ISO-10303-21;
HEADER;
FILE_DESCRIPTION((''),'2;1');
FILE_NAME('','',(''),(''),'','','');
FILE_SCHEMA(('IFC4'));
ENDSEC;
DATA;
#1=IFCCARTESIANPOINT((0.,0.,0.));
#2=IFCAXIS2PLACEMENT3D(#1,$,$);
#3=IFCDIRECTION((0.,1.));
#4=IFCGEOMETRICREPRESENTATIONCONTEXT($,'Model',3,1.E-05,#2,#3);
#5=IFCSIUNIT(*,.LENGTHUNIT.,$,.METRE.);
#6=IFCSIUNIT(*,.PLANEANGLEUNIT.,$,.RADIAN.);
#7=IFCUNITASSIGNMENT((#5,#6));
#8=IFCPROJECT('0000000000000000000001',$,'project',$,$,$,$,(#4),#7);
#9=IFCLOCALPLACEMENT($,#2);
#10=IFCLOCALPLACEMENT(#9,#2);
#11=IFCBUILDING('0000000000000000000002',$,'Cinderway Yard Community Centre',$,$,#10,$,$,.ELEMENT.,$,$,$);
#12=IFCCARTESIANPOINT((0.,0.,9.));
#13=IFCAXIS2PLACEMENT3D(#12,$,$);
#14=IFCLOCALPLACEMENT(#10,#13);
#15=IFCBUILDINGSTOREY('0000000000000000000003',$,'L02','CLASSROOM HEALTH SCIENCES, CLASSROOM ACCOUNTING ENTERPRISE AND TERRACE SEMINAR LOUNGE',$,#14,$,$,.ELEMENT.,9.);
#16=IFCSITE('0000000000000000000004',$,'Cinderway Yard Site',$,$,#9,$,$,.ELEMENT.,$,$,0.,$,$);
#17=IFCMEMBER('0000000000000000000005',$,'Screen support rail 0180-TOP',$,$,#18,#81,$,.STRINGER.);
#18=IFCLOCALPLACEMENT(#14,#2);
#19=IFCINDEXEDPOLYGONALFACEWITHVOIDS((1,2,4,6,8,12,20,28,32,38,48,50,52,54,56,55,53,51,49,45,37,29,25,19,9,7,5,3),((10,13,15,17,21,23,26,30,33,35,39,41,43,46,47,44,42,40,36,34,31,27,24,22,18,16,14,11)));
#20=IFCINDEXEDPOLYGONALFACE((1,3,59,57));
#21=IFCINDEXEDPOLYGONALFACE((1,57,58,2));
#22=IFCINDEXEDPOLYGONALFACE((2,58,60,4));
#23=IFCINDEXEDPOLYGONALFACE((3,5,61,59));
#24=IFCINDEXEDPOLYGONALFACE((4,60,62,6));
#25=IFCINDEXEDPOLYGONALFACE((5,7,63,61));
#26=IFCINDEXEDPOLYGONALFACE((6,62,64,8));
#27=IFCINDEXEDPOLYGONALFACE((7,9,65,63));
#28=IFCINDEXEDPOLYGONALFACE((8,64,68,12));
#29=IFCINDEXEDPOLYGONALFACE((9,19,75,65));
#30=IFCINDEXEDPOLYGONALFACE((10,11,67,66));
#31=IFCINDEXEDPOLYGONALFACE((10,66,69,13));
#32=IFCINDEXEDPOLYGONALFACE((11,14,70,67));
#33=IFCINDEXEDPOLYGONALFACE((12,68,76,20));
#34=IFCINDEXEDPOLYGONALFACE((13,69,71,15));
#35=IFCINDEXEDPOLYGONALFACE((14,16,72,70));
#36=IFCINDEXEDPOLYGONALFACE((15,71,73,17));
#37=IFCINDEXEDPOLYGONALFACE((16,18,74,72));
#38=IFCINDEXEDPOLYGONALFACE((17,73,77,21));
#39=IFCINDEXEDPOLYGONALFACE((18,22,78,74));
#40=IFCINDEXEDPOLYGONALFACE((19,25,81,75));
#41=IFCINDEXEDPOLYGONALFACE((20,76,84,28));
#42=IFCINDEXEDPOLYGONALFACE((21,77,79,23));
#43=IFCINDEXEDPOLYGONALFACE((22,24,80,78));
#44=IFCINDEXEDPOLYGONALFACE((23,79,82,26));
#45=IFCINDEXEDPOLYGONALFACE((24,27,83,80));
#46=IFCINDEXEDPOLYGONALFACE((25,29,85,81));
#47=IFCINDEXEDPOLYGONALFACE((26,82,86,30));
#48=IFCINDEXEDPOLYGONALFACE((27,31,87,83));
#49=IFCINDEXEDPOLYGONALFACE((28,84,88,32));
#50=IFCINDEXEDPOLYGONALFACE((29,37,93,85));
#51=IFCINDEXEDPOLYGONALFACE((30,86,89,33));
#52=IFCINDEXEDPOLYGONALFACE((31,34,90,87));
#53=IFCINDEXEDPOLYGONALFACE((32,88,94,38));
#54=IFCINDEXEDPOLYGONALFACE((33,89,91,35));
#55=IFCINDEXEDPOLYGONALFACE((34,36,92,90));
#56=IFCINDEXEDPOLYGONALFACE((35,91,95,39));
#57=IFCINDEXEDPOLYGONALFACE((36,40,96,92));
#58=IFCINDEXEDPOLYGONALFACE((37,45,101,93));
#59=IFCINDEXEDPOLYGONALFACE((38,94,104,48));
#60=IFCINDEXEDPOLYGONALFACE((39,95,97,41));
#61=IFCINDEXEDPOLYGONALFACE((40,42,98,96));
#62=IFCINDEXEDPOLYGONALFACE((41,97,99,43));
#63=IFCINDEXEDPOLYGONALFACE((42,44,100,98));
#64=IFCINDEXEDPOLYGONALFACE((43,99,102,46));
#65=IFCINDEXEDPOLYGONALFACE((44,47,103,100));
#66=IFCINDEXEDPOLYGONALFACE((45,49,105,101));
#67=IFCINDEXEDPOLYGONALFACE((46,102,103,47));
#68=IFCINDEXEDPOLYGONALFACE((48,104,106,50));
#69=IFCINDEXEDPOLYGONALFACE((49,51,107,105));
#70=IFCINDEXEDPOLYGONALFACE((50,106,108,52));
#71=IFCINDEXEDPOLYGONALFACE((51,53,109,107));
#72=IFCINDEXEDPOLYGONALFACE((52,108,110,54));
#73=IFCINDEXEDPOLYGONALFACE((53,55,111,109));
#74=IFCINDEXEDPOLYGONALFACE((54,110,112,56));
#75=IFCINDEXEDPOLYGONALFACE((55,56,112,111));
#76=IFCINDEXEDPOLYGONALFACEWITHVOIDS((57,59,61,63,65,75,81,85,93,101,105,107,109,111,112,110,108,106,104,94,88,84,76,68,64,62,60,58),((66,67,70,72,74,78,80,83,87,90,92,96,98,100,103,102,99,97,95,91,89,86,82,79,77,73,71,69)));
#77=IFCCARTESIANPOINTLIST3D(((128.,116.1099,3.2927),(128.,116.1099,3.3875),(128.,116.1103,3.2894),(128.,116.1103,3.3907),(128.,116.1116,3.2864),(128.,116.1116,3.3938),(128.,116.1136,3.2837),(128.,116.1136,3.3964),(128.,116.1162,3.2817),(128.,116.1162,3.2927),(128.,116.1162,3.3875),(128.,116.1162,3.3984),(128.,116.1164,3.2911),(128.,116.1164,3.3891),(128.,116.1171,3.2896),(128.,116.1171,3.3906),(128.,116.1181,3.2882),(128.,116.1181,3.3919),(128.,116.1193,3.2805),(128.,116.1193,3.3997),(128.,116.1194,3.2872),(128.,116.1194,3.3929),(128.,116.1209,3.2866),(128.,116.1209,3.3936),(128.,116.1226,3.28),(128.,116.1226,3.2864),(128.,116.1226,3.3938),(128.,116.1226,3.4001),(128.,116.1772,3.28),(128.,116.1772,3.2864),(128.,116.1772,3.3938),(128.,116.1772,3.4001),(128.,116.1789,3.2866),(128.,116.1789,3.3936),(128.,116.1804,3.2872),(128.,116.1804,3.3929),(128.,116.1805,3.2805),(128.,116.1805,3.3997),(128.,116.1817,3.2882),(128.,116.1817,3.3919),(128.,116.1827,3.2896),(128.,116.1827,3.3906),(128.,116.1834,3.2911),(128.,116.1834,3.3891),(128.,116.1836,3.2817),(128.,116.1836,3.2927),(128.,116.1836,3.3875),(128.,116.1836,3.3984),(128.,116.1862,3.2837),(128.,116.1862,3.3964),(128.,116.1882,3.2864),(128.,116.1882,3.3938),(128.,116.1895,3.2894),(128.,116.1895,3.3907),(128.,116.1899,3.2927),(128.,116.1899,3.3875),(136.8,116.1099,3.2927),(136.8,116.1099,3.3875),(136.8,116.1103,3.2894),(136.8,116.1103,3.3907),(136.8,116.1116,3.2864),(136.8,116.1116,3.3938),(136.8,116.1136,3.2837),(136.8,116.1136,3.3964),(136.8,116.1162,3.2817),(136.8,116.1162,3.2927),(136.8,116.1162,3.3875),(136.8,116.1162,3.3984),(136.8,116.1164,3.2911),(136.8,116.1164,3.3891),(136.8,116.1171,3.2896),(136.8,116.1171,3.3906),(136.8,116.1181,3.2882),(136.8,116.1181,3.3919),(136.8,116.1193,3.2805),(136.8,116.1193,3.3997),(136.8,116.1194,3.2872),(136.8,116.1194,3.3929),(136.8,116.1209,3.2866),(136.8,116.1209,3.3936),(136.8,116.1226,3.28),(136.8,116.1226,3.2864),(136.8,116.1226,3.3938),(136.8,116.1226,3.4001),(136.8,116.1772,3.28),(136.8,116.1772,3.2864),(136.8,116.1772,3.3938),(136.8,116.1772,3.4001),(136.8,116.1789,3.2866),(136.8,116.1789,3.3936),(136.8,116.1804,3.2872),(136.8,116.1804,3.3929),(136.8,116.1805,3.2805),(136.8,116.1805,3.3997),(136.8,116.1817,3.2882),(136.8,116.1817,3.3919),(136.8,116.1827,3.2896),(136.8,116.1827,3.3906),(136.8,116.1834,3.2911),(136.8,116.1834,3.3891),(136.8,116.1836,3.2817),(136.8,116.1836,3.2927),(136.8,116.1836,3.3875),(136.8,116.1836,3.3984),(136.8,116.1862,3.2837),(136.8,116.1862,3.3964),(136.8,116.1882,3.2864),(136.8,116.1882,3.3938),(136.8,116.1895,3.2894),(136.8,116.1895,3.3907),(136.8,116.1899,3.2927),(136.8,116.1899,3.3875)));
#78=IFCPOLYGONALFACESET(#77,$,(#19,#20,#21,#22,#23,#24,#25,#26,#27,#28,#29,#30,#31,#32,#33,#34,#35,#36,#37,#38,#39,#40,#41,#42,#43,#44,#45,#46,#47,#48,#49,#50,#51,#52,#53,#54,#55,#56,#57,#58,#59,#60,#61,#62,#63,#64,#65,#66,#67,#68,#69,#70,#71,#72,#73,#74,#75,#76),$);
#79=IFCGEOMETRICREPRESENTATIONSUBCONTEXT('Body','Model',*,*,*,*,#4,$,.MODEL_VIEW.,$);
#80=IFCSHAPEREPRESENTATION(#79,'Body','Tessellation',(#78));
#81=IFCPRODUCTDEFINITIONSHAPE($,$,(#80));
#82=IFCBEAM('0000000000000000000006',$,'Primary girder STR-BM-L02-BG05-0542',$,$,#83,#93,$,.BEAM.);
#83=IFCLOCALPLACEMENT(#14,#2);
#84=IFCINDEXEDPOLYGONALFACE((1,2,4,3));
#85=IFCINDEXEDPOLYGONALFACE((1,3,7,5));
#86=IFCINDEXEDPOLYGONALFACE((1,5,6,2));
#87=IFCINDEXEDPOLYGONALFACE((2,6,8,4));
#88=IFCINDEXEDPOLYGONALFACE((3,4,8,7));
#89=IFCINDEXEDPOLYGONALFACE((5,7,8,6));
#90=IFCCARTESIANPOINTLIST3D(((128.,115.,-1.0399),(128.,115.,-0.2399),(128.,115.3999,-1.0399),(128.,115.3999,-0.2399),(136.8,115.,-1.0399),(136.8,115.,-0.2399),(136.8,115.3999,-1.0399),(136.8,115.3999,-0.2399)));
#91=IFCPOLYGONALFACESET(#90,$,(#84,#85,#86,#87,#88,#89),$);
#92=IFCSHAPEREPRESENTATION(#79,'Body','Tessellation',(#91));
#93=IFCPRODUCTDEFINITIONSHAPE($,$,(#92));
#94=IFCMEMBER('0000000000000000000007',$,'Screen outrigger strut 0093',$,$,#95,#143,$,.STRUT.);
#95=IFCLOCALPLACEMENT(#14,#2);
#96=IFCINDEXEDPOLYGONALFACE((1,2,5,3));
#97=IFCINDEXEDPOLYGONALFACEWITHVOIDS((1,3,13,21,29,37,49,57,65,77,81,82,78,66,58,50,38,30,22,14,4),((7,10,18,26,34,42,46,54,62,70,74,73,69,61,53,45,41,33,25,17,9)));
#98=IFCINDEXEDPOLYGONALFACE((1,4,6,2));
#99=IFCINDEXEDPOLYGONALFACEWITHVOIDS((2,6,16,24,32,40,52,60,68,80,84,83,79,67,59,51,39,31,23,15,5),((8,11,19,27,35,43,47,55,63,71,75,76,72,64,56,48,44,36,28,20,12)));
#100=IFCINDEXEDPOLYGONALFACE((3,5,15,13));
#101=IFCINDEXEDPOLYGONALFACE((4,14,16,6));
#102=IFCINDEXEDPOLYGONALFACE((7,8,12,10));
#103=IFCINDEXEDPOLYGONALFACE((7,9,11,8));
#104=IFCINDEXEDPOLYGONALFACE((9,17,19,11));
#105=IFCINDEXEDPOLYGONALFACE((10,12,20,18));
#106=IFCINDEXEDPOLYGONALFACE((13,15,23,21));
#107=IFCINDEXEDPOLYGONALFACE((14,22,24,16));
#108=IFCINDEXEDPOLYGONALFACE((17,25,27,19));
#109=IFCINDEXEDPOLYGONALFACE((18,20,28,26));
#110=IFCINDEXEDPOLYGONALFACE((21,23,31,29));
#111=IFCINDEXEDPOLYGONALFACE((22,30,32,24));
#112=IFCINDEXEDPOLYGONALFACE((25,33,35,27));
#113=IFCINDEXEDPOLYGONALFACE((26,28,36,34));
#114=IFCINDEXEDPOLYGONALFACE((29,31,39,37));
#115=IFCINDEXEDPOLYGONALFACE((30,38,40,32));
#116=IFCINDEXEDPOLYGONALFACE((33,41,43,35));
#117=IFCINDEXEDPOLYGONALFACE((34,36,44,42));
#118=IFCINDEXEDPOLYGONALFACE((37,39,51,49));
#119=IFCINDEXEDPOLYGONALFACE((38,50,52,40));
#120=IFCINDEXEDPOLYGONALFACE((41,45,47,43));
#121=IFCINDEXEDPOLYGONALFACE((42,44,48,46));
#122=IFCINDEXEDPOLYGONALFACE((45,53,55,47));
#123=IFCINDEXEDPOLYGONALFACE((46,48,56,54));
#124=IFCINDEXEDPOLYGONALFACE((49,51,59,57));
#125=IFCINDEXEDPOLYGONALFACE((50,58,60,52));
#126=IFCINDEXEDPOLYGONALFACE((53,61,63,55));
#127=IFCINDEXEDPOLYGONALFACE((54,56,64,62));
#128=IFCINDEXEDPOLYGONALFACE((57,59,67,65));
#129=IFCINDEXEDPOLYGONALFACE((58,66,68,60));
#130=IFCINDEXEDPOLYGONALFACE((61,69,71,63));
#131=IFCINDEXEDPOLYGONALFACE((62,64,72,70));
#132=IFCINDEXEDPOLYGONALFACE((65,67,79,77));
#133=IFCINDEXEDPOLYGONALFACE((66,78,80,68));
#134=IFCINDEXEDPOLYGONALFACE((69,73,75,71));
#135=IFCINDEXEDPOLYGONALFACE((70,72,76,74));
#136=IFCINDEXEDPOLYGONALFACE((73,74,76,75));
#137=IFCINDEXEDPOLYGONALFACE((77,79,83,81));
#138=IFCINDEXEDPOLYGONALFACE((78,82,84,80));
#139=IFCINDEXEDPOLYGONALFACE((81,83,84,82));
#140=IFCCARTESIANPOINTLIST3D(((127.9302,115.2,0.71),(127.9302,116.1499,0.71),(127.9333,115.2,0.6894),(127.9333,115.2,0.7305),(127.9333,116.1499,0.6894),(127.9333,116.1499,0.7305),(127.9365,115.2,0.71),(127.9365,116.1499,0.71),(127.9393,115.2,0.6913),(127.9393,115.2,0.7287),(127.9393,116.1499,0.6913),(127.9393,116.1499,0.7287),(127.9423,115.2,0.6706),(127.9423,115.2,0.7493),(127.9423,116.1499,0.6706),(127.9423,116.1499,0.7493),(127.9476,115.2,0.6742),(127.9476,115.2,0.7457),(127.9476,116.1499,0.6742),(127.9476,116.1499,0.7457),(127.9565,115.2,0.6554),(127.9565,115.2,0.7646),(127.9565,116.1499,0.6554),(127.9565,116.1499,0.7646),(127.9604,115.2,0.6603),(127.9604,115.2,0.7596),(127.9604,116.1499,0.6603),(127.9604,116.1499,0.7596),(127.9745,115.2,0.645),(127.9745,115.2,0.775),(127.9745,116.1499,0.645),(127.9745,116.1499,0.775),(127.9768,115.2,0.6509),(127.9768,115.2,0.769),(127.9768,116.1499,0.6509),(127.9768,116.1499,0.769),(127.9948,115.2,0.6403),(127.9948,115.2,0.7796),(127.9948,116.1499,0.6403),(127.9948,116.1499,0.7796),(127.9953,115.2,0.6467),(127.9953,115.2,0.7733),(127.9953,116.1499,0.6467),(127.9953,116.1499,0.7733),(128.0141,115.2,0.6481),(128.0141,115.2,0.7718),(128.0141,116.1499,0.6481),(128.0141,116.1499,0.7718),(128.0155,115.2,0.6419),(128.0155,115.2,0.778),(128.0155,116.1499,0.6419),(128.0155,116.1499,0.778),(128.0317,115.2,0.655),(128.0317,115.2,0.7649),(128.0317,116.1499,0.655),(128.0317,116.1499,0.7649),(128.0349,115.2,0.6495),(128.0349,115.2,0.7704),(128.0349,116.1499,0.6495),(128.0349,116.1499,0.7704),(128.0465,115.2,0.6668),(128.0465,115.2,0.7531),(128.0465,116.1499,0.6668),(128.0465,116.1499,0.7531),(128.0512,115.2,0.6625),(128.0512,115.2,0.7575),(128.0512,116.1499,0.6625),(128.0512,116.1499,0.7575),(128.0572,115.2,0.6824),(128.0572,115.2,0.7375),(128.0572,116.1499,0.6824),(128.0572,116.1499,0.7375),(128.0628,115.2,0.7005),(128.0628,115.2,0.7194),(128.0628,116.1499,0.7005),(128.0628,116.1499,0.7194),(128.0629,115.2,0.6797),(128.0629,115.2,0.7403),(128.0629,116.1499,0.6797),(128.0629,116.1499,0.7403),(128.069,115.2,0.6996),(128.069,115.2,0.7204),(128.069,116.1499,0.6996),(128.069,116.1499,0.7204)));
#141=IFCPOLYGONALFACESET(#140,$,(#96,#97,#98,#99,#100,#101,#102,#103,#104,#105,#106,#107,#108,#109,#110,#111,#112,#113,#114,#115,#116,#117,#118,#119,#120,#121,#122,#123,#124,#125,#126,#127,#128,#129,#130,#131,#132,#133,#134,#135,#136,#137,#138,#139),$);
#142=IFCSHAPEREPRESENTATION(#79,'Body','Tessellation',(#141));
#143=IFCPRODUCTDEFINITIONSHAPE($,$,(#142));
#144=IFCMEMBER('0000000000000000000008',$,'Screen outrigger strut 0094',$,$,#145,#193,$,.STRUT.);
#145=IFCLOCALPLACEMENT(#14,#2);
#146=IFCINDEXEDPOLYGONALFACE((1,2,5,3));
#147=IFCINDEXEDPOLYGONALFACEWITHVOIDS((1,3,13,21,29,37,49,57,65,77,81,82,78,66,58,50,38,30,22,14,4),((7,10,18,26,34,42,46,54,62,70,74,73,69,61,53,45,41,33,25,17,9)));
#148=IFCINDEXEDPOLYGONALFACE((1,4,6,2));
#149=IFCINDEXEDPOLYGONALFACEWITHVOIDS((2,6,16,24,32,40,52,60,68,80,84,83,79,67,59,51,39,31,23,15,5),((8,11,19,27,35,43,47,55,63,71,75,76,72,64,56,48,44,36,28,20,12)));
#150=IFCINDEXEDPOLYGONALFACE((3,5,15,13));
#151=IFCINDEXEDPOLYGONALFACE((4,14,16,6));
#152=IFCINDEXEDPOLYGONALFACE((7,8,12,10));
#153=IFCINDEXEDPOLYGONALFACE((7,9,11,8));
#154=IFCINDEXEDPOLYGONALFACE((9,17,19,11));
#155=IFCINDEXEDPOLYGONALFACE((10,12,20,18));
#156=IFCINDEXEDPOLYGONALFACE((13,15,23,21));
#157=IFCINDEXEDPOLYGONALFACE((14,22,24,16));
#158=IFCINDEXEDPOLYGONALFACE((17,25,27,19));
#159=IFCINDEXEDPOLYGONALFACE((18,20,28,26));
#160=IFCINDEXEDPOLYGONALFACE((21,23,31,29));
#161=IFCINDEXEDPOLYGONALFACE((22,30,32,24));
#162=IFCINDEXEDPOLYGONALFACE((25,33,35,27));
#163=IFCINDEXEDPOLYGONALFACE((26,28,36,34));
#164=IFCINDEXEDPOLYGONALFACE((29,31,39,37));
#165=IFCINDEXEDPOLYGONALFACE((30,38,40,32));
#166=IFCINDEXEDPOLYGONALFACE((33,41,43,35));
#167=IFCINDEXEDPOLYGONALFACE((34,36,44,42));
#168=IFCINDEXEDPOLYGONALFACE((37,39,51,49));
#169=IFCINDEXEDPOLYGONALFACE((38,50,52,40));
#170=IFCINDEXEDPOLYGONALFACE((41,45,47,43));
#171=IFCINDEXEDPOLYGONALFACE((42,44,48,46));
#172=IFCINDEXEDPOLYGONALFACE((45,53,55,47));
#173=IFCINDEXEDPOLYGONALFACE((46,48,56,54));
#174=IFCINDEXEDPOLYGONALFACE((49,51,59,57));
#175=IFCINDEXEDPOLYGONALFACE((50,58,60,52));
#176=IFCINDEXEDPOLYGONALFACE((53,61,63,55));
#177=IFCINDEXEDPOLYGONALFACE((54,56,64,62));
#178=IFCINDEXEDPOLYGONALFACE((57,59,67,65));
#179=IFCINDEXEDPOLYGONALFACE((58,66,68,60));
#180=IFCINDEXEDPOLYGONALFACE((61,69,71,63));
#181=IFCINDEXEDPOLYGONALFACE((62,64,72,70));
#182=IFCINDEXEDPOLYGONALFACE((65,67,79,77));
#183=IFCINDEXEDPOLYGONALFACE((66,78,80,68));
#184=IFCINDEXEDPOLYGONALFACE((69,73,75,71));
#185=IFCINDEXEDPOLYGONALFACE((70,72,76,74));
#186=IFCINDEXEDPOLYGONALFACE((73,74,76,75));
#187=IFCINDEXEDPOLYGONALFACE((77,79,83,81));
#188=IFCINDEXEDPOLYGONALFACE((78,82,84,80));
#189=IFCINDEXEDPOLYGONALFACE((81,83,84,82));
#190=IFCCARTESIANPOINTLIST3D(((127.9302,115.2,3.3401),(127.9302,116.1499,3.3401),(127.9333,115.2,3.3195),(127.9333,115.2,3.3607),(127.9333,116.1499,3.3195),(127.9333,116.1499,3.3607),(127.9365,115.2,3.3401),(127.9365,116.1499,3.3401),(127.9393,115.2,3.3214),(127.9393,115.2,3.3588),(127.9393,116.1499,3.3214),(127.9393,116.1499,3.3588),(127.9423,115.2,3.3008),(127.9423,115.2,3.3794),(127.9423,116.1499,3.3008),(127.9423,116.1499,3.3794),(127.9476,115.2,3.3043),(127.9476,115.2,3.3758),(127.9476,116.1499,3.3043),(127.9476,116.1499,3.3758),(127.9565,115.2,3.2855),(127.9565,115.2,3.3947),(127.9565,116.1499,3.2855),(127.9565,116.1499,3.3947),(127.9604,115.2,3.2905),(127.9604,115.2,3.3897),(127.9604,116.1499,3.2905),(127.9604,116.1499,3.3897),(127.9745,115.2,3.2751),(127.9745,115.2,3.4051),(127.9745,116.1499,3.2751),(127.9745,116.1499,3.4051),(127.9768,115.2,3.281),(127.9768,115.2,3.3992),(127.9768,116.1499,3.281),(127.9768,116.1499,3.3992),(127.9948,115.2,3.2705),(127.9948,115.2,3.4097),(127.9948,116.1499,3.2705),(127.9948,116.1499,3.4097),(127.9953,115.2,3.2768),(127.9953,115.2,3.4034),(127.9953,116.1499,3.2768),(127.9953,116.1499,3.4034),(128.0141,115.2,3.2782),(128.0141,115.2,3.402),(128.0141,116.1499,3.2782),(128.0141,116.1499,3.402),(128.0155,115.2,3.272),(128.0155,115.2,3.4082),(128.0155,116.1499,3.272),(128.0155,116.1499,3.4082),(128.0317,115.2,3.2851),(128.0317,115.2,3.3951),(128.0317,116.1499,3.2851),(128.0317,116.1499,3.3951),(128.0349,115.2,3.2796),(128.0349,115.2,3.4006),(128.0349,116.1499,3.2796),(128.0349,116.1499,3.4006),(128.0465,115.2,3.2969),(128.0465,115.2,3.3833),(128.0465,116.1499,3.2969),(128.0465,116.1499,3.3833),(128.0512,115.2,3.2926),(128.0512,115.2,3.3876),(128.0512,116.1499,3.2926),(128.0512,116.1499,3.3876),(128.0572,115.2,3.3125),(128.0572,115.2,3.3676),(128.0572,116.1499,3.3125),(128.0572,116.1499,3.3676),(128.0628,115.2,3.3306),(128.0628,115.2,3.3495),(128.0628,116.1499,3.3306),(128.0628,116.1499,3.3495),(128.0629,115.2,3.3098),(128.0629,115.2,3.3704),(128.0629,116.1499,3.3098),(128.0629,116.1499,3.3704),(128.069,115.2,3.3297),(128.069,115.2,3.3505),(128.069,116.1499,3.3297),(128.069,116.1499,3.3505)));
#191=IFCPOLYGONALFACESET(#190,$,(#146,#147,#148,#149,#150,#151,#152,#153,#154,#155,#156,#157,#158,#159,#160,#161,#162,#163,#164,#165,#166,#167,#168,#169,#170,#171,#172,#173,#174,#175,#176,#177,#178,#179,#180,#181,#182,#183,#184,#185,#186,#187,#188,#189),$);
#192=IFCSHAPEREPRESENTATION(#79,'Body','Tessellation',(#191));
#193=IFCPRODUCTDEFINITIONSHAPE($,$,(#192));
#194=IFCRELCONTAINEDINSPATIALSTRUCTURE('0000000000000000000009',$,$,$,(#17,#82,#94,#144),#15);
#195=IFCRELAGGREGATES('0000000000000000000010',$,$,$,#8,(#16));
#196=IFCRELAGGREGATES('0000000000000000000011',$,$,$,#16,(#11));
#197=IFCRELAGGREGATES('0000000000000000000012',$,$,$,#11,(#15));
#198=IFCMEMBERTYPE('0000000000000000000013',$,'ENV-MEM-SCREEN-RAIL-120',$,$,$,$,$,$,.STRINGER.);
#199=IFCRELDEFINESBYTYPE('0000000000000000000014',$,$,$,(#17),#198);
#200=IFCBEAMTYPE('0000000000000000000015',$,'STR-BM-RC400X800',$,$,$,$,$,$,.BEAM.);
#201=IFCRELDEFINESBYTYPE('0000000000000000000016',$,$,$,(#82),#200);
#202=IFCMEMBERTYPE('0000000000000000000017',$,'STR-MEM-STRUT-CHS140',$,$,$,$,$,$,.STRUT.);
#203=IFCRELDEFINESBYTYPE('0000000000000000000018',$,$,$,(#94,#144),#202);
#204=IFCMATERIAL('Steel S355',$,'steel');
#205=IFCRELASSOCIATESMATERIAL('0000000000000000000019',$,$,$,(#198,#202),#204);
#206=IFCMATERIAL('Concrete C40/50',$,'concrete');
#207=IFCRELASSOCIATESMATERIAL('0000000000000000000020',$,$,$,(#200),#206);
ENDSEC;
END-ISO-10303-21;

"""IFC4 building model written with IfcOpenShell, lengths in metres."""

from ifc_helpers import new_model, si_unit, direction, frame, origin, origin_2d, place, context, subcontext, project, spatial, rectangle, hollow_rectangle, hollow_circle, extrude, material, material_profile, profile_set, type_object, element, save


model = new_model("IFC4")

# Units and contexts
model_context = context("Model", 3, precision=1e-05, world=origin(), true_north=direction((0.0, 1.0)))
body_context = subcontext(model_context, "Body", "Model", "MODEL_VIEW")
ifc_project = project(units=[si_unit("LENGTHUNIT", "METRE"), si_unit("PLANEANGLEUNIT", "RADIAN")], contexts=[model_context])

# Site, building, storey
site_placement = place(None, origin())
site = spatial("IfcSite", under=ifc_project, at=site_placement, Name="Cinderway Yard Site", CompositionType="ELEMENT", RefElevation=0.0)
building_placement = place(site_placement, origin())
building = spatial("IfcBuilding", under=site, at=building_placement, Name="Cinderway Yard Community Centre", CompositionType="ELEMENT")
storey_placement = place(building_placement, frame((0.0, 0.0, 9.0)))
storey = spatial("IfcBuildingStorey", under=building, at=storey_placement, Name="L02", Description="CLASSROOM HEALTH SCIENCES, CLASSROOM ACCOUNTING ENTERPRISE AND TERRACE SEMINAR LOUNGE", CompositionType="ELEMENT", Elevation=9.0)

# Shared definitions
ifc_material_1 = material(Name="Concrete C40/50", Category="concrete")

# Member
ifc_material_2 = material(Name="Steel S355", Category="steel")
ifc_material_profile_1 = material_profile(ifc_material_2, hollow_rectangle(XDim=0.0801, YDim=0.1201, WallThickness=0.0063, InnerFilletRadius=0.0063, OuterFilletRadius=0.0127, at=origin_2d()), Name="Steel S355")
ifc_profile_set_1 = profile_set([ifc_material_profile_1], Name="Steel S355")
member_type_1 = type_object("IfcMemberType", Name="ENV-MEM-SCREEN-RAIL-120", PredefinedType="STRINGER", material=ifc_profile_set_1)
for number, where, z_axis, x_axis, name in (
    (1, (128.0, 116.1499, 3.3401), (1.0, 0.0, 0.0), (0.0, 1.0, 0.0), "Screen support rail 0180-TOP"),
):
    element("IfcMember", number, at=place(storey_placement, frame(where, z_axis=z_axis, x_axis=x_axis)), inside=storey, type_object=member_type_1, Name=name, PredefinedType="STRINGER", context=body_context, shape_type="SweptSolid", body=[
        extrude(hollow_rectangle(XDim=0.0801, YDim=0.1201, WallThickness=0.0063, InnerFilletRadius=0.0063, OuterFilletRadius=0.0127, at=origin_2d()), origin(), (0.0, 0.0, 1.0), 8.8),
    ])

# Beam
ifc_material_profile_2 = material_profile(ifc_material_1, rectangle(XDim=0.3999, YDim=0.8, at=origin_2d()), Name="Concrete C40/50")
ifc_profile_set_2 = profile_set([ifc_material_profile_2], Name="Concrete C40/50")
beam_type = type_object("IfcBeamType", Name="STR-BM-RC400X800", PredefinedType="BEAM", material=ifc_profile_set_2)
beam_placement = place(storey_placement, frame((128.0, 115.2, -0.6399), z_axis=(1.0, 0.0, 0.0), x_axis=(0.0, 1.0, 0.0)))
element("IfcBeam", 2, at=beam_placement, inside=storey, type_object=beam_type, Name="Primary girder STR-BM-L02-BG05-0542", PredefinedType="BEAM", context=body_context, shape_type="SweptSolid", body=[
    extrude(rectangle(XDim=0.3999, YDim=0.8, at=origin_2d()), origin(), (0.0, 0.0, 1.0), 8.8),
])

# Members
ifc_material_profile_3 = material_profile(ifc_material_2, hollow_circle(Radius=0.0698, WallThickness=0.0063, at=origin_2d()), Name="Steel S355")
ifc_profile_set_3 = profile_set([ifc_material_profile_3], Name="Steel S355")
member_type_2 = type_object("IfcMemberType", Name="STR-MEM-STRUT-CHS140", PredefinedType="STRUT", material=ifc_profile_set_3)
for number, where, z_axis, x_axis, name in (
    (3, (128.0, 115.2, 0.71), (0.0, 1.0, 0.0), (-1.0, 0.0, 0.0), "Screen outrigger strut 0093"),
    (4, (128.0, 115.2, 3.3401), (0.0, 1.0, 0.0), (-1.0, 0.0, 0.0), "Screen outrigger strut 0094"),
):
    element("IfcMember", number, at=place(storey_placement, frame(where, z_axis=z_axis, x_axis=x_axis)), inside=storey, type_object=member_type_2, Name=name, PredefinedType="STRUT", context=body_context, shape_type="SweptSolid", body=[
        extrude(hollow_circle(Radius=0.0698, WallThickness=0.0063, at=origin_2d()), origin(), (0.0, 0.0, 1.0), 0.95),
    ])

save(model, "model.ifc")
